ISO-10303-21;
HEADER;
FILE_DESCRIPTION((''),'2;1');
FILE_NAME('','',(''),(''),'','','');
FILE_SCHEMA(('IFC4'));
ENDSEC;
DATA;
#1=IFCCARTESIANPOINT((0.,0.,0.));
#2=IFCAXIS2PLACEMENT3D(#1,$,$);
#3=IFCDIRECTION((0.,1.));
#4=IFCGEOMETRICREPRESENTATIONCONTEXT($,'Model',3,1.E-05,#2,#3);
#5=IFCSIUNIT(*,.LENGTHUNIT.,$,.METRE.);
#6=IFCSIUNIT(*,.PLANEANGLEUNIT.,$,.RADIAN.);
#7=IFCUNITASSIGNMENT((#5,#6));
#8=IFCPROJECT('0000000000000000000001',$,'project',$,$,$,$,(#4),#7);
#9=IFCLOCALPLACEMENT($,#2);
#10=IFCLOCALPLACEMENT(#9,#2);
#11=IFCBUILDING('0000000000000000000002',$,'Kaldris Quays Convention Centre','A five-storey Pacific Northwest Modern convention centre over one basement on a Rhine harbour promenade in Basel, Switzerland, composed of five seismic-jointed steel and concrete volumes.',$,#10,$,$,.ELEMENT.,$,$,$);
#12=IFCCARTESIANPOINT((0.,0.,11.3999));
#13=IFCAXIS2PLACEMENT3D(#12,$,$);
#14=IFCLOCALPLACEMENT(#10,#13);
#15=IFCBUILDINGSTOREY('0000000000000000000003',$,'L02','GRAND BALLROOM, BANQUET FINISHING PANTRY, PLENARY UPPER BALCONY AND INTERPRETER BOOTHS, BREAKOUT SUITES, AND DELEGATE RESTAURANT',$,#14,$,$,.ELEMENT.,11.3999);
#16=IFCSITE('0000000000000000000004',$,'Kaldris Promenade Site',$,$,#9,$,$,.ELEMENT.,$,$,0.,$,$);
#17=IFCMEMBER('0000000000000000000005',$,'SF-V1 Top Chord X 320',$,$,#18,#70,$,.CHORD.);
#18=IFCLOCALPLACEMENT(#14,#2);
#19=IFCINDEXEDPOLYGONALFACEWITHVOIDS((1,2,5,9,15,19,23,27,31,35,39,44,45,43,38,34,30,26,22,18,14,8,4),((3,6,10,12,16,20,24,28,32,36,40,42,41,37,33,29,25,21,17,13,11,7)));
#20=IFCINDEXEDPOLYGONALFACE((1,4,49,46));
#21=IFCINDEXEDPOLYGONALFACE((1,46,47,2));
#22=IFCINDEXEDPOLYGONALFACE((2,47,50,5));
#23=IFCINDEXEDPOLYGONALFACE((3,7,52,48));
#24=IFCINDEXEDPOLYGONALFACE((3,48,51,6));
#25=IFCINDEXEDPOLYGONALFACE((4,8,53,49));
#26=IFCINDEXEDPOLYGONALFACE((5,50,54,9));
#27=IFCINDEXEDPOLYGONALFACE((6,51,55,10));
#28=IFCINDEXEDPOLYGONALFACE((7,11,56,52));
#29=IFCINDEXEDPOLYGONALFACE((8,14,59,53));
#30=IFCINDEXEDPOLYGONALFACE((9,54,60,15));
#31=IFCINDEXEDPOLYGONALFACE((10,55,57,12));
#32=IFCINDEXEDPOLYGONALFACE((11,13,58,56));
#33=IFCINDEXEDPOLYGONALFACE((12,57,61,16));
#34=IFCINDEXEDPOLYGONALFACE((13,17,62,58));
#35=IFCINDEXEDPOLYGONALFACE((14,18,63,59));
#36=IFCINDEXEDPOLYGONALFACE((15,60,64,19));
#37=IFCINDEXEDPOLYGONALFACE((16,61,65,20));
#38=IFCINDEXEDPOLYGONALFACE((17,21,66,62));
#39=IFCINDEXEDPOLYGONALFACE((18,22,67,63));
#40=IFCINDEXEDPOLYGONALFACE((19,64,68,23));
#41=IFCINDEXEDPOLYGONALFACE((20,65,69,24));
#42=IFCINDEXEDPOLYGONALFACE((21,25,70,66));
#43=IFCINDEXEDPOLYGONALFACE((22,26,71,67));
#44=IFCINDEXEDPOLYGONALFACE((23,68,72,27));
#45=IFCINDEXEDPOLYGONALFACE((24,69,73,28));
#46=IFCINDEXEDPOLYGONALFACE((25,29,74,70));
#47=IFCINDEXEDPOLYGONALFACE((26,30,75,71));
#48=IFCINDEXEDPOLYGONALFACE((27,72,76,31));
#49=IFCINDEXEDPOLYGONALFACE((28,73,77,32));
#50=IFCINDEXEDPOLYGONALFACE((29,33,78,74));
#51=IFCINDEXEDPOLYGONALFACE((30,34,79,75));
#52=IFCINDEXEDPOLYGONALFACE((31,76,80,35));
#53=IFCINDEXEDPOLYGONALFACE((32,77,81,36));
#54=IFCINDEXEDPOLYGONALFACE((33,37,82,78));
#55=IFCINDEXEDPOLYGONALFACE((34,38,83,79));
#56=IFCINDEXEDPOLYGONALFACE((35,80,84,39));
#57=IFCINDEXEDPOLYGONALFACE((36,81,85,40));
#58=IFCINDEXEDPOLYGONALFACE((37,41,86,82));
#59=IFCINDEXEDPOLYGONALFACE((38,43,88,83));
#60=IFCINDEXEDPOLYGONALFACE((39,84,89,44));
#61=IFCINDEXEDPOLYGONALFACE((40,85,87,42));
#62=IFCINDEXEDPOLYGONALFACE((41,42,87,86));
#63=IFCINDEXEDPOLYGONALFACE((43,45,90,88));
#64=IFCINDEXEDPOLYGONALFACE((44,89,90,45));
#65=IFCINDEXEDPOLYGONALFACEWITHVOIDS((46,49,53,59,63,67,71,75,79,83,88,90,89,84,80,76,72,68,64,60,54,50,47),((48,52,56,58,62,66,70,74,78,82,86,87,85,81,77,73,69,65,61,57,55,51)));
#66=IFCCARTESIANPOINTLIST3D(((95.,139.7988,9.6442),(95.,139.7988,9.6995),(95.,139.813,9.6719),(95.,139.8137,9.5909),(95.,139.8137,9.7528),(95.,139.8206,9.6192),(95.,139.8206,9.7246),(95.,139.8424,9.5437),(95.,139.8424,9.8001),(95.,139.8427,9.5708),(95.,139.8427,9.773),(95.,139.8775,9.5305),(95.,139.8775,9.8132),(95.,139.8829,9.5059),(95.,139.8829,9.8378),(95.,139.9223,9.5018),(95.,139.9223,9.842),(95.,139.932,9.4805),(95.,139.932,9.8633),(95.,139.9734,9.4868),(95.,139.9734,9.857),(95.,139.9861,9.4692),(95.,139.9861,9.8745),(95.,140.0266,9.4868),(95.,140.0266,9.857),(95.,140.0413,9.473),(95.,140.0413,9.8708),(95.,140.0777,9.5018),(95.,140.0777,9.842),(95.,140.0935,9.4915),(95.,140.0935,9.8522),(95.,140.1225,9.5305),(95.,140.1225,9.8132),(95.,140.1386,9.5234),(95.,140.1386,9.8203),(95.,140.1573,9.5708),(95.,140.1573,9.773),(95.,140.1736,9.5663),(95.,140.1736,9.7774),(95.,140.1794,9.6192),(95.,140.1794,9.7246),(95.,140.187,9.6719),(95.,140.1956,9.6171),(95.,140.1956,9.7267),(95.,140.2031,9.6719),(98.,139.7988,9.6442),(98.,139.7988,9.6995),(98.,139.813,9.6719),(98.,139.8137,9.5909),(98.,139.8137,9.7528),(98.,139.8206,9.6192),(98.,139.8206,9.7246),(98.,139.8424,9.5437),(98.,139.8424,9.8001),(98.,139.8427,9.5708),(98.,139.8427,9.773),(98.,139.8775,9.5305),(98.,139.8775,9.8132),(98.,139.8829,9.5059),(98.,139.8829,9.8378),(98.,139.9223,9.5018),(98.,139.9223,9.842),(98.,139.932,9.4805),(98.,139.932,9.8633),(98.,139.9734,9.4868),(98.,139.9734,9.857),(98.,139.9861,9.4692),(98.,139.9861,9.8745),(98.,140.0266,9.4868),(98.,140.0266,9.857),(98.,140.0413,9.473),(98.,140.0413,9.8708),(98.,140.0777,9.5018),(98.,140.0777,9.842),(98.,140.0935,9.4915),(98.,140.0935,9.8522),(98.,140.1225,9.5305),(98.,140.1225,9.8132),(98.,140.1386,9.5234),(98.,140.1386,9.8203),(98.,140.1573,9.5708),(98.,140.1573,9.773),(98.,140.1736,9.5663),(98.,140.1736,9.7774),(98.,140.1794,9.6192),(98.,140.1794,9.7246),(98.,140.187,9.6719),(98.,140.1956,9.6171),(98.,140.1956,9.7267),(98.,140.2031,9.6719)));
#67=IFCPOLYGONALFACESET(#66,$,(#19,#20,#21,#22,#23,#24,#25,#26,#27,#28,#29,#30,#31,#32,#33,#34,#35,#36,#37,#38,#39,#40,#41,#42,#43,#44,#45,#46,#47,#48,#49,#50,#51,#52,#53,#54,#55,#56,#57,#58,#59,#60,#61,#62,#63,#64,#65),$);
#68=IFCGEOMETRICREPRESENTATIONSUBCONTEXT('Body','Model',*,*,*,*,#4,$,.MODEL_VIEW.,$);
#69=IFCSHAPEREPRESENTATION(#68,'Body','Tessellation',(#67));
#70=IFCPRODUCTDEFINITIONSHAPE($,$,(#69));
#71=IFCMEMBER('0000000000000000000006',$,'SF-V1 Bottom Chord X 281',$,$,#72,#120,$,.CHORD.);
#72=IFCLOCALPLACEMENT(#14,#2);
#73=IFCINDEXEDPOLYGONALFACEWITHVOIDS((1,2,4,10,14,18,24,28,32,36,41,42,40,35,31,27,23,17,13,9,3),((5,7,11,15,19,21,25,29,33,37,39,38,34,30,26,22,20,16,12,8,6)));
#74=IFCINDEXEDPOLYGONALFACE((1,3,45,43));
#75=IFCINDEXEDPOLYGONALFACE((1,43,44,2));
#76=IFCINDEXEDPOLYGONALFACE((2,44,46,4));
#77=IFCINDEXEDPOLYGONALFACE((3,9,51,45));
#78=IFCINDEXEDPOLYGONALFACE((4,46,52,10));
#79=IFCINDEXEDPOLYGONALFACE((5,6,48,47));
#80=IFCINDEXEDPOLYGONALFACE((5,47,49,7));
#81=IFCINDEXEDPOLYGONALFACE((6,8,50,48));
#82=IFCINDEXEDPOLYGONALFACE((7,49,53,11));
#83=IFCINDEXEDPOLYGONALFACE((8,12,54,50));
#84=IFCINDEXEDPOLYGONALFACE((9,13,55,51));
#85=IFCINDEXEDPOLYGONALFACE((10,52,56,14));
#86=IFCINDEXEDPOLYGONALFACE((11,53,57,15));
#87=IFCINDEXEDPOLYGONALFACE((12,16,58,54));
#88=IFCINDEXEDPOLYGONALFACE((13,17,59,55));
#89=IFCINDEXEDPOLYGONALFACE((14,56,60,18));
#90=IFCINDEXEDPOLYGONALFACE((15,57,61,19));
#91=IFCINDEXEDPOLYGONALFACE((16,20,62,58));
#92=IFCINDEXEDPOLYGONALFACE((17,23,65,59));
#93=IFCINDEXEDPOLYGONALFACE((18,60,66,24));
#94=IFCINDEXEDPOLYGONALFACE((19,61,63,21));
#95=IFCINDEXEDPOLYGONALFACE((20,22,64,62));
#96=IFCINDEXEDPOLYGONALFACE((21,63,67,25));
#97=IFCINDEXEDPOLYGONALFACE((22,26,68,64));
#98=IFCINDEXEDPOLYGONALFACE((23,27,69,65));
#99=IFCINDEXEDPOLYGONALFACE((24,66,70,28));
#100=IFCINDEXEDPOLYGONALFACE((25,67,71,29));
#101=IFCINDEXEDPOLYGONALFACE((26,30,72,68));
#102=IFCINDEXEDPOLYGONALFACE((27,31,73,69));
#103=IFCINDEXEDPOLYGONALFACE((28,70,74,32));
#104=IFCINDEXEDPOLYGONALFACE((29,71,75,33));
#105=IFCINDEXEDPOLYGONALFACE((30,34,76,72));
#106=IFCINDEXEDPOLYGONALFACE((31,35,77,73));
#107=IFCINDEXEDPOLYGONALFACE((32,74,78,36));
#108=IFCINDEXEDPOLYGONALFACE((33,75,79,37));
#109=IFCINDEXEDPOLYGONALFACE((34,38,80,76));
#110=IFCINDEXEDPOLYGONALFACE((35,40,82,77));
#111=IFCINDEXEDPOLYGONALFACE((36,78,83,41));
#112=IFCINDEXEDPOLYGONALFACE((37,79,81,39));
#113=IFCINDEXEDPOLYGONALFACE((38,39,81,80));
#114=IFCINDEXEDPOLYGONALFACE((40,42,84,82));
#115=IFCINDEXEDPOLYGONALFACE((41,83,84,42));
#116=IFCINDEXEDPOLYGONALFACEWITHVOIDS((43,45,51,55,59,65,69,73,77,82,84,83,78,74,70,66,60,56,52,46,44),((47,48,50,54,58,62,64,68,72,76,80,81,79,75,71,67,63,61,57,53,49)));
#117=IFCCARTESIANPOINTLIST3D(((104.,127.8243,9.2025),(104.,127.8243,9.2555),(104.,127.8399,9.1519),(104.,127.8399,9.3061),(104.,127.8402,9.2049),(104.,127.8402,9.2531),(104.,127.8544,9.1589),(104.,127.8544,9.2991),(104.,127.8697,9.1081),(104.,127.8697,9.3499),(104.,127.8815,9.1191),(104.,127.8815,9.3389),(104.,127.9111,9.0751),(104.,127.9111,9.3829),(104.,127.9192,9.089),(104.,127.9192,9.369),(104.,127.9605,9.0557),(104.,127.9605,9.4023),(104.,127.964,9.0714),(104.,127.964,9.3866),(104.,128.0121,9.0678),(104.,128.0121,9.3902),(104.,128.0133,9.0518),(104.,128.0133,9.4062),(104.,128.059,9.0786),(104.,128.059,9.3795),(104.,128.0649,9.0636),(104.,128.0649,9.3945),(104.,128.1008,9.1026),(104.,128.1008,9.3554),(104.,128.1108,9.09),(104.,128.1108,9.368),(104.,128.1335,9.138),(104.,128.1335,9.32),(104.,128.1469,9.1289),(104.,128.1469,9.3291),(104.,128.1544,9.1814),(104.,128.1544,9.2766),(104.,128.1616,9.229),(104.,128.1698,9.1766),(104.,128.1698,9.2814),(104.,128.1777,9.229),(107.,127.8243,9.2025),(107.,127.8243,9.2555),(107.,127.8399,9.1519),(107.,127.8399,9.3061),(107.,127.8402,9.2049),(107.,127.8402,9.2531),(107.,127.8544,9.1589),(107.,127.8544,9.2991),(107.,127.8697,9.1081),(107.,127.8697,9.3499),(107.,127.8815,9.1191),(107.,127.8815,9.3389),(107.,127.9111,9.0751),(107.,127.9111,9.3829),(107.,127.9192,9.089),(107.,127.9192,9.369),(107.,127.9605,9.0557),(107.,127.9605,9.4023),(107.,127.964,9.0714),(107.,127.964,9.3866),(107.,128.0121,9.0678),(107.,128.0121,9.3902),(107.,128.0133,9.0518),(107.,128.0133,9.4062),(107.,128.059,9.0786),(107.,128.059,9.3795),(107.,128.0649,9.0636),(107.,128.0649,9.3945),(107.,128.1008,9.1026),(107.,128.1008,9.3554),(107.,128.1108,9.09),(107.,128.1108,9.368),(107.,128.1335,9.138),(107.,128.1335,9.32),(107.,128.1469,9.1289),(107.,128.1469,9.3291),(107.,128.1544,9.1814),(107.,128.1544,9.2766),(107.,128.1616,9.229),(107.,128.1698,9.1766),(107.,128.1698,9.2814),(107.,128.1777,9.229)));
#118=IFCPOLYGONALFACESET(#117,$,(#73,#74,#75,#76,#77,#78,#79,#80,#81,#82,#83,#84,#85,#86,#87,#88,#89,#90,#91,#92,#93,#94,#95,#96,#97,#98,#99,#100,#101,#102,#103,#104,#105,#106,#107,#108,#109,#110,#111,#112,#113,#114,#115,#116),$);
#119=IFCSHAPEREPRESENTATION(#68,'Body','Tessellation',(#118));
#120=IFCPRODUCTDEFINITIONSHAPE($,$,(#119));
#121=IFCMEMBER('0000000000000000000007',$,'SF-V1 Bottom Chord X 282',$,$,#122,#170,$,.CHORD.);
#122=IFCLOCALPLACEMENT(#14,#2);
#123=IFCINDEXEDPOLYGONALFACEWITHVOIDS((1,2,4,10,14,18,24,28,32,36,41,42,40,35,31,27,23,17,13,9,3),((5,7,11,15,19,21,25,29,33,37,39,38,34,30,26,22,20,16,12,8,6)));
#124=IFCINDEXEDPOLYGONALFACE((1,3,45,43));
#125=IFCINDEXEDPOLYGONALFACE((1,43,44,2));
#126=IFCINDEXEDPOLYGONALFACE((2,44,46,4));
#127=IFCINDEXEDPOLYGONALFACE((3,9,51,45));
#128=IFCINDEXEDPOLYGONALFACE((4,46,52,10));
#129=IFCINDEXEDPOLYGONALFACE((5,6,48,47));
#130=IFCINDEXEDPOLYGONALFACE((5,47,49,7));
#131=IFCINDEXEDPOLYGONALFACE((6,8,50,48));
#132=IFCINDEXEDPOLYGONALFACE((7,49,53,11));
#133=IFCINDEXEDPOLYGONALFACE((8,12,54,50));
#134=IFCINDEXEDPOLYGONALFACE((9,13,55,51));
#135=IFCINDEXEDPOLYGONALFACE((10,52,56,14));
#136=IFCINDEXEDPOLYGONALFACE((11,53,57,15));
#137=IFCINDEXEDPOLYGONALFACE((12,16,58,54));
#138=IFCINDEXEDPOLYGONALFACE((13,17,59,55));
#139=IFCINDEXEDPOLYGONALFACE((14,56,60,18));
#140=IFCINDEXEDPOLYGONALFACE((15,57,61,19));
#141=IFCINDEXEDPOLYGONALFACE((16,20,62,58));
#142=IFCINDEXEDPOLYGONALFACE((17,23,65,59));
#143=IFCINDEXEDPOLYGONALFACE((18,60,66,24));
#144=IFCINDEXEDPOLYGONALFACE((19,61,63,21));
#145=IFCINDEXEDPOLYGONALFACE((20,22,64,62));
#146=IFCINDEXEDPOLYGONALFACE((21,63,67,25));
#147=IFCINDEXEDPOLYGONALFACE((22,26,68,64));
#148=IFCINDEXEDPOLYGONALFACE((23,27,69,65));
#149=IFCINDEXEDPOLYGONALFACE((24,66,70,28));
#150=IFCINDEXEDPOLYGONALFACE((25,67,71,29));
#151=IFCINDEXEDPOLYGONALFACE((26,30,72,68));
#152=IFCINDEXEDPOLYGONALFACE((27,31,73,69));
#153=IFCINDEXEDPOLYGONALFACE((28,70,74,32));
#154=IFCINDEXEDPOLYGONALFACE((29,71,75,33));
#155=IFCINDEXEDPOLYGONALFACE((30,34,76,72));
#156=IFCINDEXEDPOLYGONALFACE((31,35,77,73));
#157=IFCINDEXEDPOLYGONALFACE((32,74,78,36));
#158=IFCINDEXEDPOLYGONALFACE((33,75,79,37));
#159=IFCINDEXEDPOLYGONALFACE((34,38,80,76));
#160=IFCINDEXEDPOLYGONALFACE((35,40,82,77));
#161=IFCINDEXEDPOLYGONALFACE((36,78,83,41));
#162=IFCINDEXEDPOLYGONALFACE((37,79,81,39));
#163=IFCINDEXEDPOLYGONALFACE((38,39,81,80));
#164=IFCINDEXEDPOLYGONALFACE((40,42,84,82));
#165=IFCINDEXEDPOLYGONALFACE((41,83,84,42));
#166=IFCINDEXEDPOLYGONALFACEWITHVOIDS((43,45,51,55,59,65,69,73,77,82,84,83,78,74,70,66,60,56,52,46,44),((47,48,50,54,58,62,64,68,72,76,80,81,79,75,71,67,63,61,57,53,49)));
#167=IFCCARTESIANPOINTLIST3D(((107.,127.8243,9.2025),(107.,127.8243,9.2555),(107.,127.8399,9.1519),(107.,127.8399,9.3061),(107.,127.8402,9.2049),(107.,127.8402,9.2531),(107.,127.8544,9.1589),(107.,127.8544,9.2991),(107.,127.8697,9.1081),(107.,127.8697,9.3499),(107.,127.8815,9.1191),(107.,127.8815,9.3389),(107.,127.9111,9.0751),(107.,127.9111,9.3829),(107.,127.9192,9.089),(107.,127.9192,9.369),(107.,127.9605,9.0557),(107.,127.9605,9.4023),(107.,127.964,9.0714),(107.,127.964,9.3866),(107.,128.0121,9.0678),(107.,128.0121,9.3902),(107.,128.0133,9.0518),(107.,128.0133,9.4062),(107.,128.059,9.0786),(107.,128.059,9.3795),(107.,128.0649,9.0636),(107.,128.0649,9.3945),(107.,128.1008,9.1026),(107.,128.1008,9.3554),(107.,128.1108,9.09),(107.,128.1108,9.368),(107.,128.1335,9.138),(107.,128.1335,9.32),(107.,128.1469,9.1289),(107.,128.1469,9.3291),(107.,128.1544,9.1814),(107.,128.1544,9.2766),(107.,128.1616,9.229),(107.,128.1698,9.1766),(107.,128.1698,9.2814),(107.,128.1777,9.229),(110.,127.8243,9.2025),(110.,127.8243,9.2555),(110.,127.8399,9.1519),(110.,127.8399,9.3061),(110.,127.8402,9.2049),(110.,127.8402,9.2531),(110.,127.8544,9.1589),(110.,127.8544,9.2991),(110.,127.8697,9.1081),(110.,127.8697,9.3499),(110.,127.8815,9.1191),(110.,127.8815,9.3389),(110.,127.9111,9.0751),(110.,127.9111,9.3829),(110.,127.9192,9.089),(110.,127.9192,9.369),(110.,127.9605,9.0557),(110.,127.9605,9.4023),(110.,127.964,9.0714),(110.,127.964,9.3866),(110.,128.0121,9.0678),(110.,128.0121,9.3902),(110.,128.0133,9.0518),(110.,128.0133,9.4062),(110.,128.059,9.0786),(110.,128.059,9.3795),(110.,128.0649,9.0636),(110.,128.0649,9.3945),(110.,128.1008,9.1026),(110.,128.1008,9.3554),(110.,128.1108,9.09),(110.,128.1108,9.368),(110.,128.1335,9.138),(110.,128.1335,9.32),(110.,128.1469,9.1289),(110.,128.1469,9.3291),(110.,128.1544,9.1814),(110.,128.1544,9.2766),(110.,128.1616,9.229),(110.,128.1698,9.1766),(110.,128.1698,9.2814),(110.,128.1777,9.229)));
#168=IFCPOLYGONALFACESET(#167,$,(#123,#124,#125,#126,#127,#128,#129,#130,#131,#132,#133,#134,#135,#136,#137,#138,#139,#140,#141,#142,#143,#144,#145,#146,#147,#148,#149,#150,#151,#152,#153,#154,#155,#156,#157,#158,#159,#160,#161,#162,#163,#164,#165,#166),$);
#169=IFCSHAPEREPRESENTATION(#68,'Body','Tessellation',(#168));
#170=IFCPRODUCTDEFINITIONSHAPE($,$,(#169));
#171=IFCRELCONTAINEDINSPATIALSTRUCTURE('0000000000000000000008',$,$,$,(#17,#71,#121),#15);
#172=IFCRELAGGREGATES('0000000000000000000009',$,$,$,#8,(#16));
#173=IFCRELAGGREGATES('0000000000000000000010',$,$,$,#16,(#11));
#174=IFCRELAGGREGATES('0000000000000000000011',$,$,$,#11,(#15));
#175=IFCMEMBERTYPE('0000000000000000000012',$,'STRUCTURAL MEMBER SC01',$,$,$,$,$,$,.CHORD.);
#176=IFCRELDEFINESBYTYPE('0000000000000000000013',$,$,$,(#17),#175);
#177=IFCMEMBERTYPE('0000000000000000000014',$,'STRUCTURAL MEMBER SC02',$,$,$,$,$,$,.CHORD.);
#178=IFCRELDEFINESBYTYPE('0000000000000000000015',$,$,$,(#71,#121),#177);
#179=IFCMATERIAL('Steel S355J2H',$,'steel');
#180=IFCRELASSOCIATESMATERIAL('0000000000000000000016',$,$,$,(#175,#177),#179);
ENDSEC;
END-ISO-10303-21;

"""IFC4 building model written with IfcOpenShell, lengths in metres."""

from ifc_helpers import new_model, si_unit, direction, frame, origin, origin_2d, place, context, subcontext, project, spatial, hollow_circle, extrude, material, material_profile, profile_set, type_object, element, save


model = new_model("IFC4")

# Units and contexts
model_context = context("Model", 3, precision=1e-05, world=origin(), true_north=direction((0.0, 1.0)))
body_context = subcontext(model_context, "Body", "Model", "MODEL_VIEW")
ifc_project = project(units=[si_unit("LENGTHUNIT", "METRE"), si_unit("PLANEANGLEUNIT", "RADIAN")], contexts=[model_context])

# Site, building, storey
site_placement = place(None, origin())
site = spatial("IfcSite", under=ifc_project, at=site_placement, Name="Kaldris Promenade Site", CompositionType="ELEMENT", RefElevation=0.0)
building_placement = place(site_placement, origin())
building = spatial("IfcBuilding", under=site, at=building_placement, Name="Kaldris Quays Convention Centre", Description="A five-storey Pacific Northwest Modern convention centre over one basement on a Rhine harbour promenade in Basel, Switzerland, composed of five seismic-jointed steel and concrete volumes.", CompositionType="ELEMENT")
storey_placement = place(building_placement, frame((0.0, 0.0, 11.3999)))
storey = spatial("IfcBuildingStorey", under=building, at=storey_placement, Name="L02", Description="GRAND BALLROOM, BANQUET FINISHING PANTRY, PLENARY UPPER BALCONY AND INTERPRETER BOOTHS, BREAKOUT SUITES, AND DELEGATE RESTAURANT", CompositionType="ELEMENT", Elevation=11.3999)

# Members
ifc_material_1 = material(Name="Steel S355J2H", Category="steel")
ifc_material_profile_1 = material_profile(ifc_material_1, hollow_circle(Radius=0.2031, WallThickness=0.0161, at=origin_2d()), Name="CHS 406.4x16")
ifc_profile_set_1 = profile_set([ifc_material_profile_1], Name="Steel S355J2H")
member_type_1 = type_object("IfcMemberType", Name="STRUCTURAL MEMBER SC01", PredefinedType="CHORD", material=ifc_profile_set_1)
for number, where, z_axis, x_axis, name in (
    (1, (95.0, 140.0, 9.6719), (1.0, 0.0, 0.0), (0.0, 1.0, 0.0), "SF-V1 Top Chord X 320"),
):
    element("IfcMember", number, at=place(storey_placement, frame(where, z_axis=z_axis, x_axis=x_axis)), inside=storey, type_object=member_type_1, Name=name, PredefinedType="CHORD", context=body_context, shape_type="SweptSolid", body=[
        extrude(hollow_circle(Radius=0.2031, WallThickness=0.0161, at=origin_2d()), origin(), (0.0, 0.0, 1.0), 3.0),
    ])
ifc_material_profile_2 = material_profile(ifc_material_1, hollow_circle(Radius=0.1777, WallThickness=0.0161, at=origin_2d()), Name="CHS 355.6x16")
ifc_profile_set_2 = profile_set([ifc_material_profile_2], Name="Steel S355J2H")
member_type_2 = type_object("IfcMemberType", Name="STRUCTURAL MEMBER SC02", PredefinedType="CHORD", material=ifc_profile_set_2)
for number, where, z_axis, x_axis, name in (
    (2, (104.0, 128.0, 9.229), (1.0, 0.0, 0.0), (0.0, 1.0, 0.0), "SF-V1 Bottom Chord X 281"),
    (3, (107.0, 128.0, 9.229), (1.0, 0.0, 0.0), (0.0, 1.0, 0.0), "SF-V1 Bottom Chord X 282"),
):
    element("IfcMember", number, at=place(storey_placement, frame(where, z_axis=z_axis, x_axis=x_axis)), inside=storey, type_object=member_type_2, Name=name, PredefinedType="CHORD", context=body_context, shape_type="SweptSolid", body=[
        extrude(hollow_circle(Radius=0.1777, WallThickness=0.0161, at=origin_2d()), origin(), (0.0, 0.0, 1.0), 3.0),
    ])

save(model, "model.ifc")
